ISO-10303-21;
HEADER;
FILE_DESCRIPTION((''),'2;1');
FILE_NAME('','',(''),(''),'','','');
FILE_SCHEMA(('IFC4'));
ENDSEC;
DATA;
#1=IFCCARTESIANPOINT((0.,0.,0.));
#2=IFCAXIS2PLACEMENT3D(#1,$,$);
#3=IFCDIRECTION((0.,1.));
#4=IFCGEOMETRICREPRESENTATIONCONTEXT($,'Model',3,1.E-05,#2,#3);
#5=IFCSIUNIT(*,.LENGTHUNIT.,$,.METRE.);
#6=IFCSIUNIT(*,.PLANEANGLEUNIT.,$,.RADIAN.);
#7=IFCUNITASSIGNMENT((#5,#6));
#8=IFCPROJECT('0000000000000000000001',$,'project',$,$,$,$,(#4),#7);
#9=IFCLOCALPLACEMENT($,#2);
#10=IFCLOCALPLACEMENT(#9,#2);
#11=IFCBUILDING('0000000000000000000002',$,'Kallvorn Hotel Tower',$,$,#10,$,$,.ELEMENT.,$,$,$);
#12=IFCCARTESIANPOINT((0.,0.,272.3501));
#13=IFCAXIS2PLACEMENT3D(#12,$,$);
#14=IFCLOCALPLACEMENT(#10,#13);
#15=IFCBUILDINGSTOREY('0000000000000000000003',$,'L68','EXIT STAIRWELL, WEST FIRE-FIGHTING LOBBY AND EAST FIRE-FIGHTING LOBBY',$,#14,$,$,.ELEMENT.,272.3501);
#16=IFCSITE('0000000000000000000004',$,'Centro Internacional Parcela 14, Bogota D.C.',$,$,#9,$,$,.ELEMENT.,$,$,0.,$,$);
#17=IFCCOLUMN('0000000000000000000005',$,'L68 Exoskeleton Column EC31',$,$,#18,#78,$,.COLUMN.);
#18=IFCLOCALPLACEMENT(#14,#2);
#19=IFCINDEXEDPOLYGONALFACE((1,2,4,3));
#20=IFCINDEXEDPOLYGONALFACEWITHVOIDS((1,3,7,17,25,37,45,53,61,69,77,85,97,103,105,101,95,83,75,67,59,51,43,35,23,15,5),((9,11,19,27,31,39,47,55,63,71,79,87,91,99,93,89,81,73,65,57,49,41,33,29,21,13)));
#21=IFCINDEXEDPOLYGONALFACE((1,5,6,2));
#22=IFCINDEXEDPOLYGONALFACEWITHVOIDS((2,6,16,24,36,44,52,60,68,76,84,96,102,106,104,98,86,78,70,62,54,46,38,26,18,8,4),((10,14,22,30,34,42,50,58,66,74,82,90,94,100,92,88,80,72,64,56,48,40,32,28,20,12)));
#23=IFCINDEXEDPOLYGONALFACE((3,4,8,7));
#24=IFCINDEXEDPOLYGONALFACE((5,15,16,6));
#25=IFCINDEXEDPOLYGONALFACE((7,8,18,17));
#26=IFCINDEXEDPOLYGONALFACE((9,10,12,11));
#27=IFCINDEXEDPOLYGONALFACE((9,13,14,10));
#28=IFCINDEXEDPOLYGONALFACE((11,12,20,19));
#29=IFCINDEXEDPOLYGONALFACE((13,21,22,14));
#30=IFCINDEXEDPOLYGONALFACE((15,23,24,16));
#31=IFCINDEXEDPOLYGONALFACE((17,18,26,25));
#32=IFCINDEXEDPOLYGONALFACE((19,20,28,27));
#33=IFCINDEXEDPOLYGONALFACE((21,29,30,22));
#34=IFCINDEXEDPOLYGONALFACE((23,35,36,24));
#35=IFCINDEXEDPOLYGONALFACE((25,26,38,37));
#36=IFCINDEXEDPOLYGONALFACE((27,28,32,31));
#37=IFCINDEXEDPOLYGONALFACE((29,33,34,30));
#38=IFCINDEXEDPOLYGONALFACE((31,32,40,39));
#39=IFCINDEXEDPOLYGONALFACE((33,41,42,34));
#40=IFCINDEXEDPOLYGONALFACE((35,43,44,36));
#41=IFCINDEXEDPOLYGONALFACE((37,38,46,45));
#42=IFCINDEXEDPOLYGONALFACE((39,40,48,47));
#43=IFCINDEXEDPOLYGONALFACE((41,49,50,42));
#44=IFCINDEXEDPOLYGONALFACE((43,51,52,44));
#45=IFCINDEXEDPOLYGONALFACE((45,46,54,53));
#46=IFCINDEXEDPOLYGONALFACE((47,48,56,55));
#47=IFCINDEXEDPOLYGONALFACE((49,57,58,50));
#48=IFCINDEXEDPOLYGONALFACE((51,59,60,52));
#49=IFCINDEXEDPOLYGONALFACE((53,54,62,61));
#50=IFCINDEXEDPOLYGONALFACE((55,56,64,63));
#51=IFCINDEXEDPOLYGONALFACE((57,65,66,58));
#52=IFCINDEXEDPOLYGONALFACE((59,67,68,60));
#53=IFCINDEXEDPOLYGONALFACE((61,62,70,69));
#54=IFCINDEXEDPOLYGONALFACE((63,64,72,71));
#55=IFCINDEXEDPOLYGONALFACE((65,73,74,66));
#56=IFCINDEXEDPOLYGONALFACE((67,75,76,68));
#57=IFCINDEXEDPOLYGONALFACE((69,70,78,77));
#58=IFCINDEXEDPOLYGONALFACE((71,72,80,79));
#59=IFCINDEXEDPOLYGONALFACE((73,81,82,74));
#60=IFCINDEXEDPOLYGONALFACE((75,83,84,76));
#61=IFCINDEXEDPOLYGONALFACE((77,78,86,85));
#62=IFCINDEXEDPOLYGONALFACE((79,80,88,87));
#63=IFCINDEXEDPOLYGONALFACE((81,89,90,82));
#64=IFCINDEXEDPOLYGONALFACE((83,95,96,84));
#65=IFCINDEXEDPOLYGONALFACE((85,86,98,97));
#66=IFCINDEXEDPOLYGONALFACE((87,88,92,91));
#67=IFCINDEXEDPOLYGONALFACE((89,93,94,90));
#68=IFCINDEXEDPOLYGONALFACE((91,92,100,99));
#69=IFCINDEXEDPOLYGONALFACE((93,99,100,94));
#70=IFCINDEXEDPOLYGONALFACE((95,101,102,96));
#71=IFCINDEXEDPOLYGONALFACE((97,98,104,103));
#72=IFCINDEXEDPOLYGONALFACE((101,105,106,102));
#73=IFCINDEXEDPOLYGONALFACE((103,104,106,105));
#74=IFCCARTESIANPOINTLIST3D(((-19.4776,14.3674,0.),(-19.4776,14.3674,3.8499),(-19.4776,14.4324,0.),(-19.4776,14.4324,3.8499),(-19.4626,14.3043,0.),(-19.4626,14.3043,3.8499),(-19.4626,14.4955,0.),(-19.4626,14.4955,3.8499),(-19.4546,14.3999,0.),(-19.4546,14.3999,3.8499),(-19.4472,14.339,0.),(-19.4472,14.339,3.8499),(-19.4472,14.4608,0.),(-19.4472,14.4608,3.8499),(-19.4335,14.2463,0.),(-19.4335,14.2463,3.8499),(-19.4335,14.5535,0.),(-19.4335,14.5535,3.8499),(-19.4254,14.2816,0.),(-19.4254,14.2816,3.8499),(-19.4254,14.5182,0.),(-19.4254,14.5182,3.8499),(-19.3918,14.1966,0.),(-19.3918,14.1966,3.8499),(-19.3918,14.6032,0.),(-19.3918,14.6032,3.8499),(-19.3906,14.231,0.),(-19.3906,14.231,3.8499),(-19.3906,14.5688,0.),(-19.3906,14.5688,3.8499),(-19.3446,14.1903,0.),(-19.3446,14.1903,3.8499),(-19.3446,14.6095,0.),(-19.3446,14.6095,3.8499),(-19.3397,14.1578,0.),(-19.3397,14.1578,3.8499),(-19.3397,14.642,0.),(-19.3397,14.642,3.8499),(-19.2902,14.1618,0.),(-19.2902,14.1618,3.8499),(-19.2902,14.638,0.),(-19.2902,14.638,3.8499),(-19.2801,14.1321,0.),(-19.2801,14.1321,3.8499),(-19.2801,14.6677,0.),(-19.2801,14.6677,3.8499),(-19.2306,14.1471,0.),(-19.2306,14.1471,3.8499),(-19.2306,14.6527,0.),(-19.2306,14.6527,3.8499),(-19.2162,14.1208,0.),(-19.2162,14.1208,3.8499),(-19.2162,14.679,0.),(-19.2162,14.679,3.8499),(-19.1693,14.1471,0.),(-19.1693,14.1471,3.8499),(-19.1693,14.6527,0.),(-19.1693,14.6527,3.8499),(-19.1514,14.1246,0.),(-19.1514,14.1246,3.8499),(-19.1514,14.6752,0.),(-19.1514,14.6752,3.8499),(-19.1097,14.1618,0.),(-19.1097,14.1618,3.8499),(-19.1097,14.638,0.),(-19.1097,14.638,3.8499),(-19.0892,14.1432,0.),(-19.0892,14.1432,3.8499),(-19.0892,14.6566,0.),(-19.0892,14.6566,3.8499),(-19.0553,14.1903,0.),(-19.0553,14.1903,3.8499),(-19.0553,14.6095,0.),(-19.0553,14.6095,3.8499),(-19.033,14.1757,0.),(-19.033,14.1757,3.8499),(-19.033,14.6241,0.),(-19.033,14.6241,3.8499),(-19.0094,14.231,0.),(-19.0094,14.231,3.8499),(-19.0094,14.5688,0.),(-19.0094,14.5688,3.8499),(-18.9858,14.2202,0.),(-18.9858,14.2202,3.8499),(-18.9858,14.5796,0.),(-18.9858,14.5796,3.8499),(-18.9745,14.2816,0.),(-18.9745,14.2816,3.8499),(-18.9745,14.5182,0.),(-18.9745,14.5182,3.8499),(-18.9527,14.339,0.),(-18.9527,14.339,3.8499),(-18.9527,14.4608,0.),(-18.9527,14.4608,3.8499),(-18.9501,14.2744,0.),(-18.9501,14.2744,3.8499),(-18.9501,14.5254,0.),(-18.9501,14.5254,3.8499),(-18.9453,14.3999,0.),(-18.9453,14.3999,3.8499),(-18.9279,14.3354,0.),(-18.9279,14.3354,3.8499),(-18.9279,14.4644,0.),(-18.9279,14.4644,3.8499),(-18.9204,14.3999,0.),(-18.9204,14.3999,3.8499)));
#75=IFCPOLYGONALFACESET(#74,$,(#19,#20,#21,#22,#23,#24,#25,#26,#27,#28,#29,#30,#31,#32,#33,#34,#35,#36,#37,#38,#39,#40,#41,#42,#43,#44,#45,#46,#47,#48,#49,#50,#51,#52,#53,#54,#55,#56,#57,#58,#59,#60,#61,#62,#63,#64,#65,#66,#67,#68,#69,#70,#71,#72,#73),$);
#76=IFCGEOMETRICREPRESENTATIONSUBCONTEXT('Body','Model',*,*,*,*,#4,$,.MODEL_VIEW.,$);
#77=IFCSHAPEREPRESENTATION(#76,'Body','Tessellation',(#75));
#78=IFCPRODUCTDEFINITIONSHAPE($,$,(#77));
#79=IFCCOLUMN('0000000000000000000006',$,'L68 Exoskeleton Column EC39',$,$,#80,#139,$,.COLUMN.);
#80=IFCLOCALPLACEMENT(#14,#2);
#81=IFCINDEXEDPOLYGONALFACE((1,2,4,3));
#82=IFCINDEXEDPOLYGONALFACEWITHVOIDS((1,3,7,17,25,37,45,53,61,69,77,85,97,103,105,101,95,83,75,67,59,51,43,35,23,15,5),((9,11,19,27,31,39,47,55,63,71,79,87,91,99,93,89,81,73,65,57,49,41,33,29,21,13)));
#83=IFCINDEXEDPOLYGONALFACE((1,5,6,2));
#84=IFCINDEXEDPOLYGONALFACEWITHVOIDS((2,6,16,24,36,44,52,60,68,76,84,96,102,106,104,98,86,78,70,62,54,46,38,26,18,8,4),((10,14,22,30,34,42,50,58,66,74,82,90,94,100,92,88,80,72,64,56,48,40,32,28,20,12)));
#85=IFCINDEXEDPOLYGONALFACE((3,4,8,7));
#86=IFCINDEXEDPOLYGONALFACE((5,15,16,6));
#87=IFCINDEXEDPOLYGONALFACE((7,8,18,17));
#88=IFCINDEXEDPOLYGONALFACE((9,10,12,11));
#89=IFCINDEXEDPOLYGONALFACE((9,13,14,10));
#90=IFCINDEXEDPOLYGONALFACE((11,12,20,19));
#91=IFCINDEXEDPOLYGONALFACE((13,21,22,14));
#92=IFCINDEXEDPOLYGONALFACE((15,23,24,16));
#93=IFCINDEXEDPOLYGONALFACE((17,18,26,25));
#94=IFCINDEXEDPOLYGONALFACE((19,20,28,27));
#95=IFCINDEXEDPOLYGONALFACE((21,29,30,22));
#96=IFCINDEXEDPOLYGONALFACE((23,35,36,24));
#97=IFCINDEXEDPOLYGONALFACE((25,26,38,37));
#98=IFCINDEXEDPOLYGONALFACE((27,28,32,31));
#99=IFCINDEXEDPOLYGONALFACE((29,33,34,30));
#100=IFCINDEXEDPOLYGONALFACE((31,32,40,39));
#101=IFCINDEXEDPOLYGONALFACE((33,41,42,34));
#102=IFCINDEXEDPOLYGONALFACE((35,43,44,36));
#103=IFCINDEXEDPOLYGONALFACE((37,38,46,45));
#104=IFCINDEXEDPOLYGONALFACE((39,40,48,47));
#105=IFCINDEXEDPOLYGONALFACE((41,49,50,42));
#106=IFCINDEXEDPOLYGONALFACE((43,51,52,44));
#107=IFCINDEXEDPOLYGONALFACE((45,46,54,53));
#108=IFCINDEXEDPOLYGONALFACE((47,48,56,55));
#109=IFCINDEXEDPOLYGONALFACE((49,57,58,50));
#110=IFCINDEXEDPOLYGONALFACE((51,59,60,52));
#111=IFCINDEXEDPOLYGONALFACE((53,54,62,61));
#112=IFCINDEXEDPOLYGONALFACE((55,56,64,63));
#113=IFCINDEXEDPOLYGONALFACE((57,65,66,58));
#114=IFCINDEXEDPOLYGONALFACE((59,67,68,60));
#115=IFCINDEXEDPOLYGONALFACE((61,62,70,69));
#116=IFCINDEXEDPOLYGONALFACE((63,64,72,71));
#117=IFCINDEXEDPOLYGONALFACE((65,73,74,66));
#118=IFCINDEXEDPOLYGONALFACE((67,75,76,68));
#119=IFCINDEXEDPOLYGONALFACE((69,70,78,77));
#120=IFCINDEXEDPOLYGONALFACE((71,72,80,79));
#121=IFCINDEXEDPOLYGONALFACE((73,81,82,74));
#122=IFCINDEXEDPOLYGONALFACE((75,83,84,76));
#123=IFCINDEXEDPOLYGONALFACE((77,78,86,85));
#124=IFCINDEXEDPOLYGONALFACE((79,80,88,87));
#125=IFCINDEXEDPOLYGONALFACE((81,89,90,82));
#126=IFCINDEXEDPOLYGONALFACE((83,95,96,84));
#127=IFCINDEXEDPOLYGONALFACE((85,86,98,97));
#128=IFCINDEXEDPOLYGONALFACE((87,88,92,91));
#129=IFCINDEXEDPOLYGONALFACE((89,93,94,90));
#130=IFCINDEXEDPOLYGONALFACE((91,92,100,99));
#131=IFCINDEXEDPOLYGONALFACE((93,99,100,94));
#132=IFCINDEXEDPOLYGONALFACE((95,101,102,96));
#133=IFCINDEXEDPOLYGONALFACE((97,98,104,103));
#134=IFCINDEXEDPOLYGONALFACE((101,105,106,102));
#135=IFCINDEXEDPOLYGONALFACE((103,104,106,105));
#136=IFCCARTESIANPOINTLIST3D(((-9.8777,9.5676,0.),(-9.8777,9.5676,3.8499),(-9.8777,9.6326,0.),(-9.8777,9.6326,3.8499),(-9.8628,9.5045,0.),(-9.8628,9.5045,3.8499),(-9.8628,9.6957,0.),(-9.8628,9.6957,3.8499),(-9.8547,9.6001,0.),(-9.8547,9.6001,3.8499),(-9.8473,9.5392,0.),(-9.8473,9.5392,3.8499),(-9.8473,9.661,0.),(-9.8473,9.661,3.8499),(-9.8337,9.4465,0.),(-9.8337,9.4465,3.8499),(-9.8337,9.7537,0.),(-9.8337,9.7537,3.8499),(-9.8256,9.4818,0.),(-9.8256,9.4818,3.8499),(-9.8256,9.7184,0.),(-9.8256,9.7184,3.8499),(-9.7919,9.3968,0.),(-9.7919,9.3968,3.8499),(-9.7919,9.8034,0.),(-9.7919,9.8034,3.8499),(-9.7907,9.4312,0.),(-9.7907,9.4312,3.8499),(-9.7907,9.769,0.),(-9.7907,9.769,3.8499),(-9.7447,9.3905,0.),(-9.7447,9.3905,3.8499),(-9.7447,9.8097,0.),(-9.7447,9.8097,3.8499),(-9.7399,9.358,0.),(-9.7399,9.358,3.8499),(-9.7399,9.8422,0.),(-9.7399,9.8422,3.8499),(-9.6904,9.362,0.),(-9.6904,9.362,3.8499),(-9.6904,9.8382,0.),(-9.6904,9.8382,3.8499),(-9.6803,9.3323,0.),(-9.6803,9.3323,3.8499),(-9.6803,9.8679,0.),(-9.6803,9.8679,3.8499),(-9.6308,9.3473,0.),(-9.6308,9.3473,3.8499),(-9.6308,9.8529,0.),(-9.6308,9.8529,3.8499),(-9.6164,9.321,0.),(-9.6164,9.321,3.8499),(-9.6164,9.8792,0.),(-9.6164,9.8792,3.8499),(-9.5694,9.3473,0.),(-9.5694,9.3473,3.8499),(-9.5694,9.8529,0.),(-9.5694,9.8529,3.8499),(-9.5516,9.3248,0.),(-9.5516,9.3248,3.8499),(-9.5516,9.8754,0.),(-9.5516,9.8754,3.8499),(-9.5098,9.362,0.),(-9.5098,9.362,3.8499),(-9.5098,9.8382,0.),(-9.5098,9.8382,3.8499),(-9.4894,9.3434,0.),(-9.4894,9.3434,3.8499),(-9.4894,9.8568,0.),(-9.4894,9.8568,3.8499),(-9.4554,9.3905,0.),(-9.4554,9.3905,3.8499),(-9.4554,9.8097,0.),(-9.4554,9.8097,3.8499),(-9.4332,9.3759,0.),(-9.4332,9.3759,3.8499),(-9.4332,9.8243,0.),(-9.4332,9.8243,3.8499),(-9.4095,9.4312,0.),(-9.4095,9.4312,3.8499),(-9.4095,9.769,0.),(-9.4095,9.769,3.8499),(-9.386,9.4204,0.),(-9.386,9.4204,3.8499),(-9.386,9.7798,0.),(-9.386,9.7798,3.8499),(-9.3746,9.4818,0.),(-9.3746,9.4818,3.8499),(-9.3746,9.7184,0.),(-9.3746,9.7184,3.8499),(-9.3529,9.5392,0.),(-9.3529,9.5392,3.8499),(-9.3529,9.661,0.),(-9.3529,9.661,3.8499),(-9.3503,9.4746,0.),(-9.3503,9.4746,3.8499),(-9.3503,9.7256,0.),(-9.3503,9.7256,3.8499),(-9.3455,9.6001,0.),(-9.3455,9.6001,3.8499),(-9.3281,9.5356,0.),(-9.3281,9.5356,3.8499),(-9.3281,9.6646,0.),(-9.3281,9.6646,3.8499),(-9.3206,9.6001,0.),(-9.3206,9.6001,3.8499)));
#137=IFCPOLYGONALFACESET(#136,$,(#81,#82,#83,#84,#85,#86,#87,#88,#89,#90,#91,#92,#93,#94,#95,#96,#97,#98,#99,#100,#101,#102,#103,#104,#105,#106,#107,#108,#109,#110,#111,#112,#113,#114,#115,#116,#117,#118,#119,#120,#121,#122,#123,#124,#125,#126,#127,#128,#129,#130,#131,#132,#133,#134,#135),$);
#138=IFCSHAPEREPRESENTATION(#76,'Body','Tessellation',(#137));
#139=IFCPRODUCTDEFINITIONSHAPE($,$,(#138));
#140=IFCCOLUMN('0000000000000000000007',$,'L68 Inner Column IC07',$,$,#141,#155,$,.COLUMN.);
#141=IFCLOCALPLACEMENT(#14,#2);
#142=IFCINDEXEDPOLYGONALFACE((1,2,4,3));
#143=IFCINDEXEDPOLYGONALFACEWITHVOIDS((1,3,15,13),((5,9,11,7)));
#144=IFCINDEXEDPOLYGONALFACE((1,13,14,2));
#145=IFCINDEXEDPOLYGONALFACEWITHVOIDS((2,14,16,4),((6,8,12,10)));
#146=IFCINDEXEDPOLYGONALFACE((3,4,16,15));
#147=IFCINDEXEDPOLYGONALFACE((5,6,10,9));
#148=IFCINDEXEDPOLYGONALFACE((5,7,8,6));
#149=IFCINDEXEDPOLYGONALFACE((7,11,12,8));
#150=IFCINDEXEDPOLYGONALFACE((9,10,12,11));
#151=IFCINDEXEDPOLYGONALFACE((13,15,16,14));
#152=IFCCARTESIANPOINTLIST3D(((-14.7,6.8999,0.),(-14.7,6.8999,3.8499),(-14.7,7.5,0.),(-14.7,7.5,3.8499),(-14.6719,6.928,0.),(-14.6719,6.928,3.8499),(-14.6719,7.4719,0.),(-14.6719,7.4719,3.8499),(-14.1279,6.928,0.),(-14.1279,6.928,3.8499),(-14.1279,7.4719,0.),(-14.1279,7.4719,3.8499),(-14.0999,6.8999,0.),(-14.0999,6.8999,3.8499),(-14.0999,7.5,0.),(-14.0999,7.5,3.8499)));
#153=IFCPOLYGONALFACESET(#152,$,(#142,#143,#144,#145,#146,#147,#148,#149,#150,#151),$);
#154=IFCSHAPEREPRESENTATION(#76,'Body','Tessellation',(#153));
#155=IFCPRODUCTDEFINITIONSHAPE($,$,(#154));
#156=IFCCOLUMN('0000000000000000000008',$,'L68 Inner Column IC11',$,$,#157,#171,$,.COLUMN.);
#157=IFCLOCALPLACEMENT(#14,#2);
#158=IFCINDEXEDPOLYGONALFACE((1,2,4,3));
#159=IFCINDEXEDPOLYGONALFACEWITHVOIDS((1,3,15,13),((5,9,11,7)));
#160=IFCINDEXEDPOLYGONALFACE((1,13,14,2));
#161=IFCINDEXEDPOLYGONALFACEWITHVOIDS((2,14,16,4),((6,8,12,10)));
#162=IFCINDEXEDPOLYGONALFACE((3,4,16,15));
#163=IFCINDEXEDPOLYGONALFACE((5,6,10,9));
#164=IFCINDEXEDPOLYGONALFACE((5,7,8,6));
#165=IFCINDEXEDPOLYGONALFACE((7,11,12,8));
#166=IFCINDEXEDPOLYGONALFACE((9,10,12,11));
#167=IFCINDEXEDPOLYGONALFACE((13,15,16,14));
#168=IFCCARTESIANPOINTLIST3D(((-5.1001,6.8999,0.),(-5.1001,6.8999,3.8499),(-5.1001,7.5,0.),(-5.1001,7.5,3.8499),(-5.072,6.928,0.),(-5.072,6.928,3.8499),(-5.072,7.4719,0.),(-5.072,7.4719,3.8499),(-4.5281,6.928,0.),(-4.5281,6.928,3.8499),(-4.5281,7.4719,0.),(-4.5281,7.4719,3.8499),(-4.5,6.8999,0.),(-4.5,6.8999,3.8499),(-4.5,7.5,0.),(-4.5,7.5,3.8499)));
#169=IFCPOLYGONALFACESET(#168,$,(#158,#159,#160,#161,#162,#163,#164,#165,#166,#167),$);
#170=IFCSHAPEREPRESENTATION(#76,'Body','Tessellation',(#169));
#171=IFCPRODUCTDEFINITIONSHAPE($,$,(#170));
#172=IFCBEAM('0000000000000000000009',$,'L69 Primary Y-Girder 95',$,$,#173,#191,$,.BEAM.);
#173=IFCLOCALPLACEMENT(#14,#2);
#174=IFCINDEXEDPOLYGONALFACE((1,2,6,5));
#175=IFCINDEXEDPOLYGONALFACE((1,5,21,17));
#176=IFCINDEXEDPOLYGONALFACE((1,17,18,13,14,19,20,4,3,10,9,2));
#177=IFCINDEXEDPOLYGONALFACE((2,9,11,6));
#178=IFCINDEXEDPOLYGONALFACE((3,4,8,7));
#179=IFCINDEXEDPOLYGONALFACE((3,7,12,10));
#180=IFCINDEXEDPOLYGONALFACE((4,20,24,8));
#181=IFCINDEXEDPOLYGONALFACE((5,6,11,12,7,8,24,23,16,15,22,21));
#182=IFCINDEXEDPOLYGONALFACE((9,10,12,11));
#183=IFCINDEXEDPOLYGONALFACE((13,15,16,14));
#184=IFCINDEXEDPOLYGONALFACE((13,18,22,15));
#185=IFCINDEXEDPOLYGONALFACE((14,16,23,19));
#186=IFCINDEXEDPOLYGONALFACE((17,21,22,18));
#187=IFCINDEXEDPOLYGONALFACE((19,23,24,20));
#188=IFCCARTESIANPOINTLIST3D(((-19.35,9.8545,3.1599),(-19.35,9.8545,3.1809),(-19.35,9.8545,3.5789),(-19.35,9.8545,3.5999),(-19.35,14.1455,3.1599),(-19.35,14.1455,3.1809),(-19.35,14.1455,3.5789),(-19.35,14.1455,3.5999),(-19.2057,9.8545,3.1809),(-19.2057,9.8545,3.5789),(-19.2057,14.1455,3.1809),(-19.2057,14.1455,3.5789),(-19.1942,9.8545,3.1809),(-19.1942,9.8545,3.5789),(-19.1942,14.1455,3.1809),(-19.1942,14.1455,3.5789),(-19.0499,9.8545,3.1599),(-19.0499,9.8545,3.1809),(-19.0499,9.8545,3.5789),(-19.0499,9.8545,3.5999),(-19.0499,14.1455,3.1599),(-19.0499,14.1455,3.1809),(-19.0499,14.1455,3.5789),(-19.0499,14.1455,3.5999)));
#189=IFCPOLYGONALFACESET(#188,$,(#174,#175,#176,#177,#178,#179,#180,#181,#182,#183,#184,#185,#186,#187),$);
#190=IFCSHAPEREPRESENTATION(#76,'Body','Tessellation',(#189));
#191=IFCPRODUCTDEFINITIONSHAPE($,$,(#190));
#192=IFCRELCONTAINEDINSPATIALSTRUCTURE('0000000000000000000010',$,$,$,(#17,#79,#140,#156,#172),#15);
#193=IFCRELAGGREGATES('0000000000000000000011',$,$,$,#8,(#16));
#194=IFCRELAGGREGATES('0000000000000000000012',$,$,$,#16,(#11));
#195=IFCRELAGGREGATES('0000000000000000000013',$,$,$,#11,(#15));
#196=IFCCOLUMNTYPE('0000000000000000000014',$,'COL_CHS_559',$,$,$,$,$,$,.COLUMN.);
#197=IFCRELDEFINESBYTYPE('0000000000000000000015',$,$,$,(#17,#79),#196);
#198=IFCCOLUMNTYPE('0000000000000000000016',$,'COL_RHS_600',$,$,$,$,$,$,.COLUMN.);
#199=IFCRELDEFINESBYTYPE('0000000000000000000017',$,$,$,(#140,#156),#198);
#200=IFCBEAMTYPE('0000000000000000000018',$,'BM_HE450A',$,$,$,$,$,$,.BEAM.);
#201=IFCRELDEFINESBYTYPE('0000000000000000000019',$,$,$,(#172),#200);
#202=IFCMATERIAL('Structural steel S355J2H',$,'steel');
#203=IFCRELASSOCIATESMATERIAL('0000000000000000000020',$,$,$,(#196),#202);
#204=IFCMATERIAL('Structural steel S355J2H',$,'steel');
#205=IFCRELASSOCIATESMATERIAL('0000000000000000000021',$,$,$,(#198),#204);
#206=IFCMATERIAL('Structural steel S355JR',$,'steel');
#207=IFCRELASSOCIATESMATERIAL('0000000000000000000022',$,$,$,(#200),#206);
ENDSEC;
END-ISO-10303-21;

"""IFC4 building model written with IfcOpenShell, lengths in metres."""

from ifc_helpers import new_model, si_unit, direction, frame, origin, origin_2d, place, context, subcontext, project, spatial, hollow_rectangle, hollow_circle, i_section, extrude, material, material_profile, profile_set, type_object, element, save


model = new_model("IFC4")

# Units and contexts
model_context = context("Model", 3, precision=1e-05, world=origin(), true_north=direction((0.0, 1.0)))
body_context = subcontext(model_context, "Body", "Model", "MODEL_VIEW")
ifc_project = project(units=[si_unit("LENGTHUNIT", "METRE"), si_unit("PLANEANGLEUNIT", "RADIAN")], contexts=[model_context])

# Site, building, storey
site_placement = place(None, origin())
site = spatial("IfcSite", under=ifc_project, at=site_placement, Name="Centro Internacional Parcela 14, Bogota D.C.", CompositionType="ELEMENT", RefElevation=0.0)
building_placement = place(site_placement, origin())
building = spatial("IfcBuilding", under=site, at=building_placement, Name="Kallvorn Hotel Tower", CompositionType="ELEMENT")
storey_placement = place(building_placement, frame((0.0, 0.0, 272.3501)))
storey = spatial("IfcBuildingStorey", under=building, at=storey_placement, Name="L68", Description="EXIT STAIRWELL, WEST FIRE-FIGHTING LOBBY AND EAST FIRE-FIGHTING LOBBY", CompositionType="ELEMENT", Elevation=272.3501)

# Columns
ifc_material_1 = material(Name="Structural steel S355J2H", Category="steel")
ifc_material_profile_1 = material_profile(ifc_material_1, hollow_circle(Radius=0.2795, WallThickness=0.0249, at=origin_2d()), Name="CHS 559x25")
ifc_profile_set_1 = profile_set([ifc_material_profile_1], Name="Structural steel S355J2H")
column_type_1 = type_object("IfcColumnType", Name="COL_CHS_559", PredefinedType="COLUMN", material=ifc_profile_set_1)
for number, where, z_axis, x_axis, name in (
    (1, (-19.2, 14.3999, 0.0), (0.0, 0.0, 1.0), (1.0, 0.0, 0.0), "L68 Exoskeleton Column EC31"),
    (2, (-9.6001, 9.6001, 0.0), (0.0, 0.0, 1.0), (1.0, 0.0, 0.0), "L68 Exoskeleton Column EC39"),
):
    element("IfcColumn", number, at=place(storey_placement, frame(where, z_axis=z_axis, x_axis=x_axis)), inside=storey, type_object=column_type_1, Name=name, PredefinedType="COLUMN", context=body_context, shape_type="SweptSolid", body=[
        extrude(hollow_circle(Radius=0.2795, WallThickness=0.0249, at=origin_2d()), origin(), (0.0, 0.0, 1.0), 3.8499),
    ])
ifc_material_2 = material(Name="Structural steel S355J2H", Category="steel")
ifc_material_profile_2 = material_profile(ifc_material_2, hollow_rectangle(XDim=0.6001, YDim=0.6001, WallThickness=0.0281, at=origin_2d()), Name="RHS 600x600x28")
ifc_profile_set_2 = profile_set([ifc_material_profile_2], Name="Structural steel S355J2H")
column_type_2 = type_object("IfcColumnType", Name="COL_RHS_600", PredefinedType="COLUMN", material=ifc_profile_set_2)
for number, where, z_axis, x_axis, name in (
    (3, (-14.3999, 7.2, 0.0), (0.0, 0.0, 1.0), (1.0, 0.0, 0.0), "L68 Inner Column IC07"),
    (4, (-4.8, 7.2, 0.0), (0.0, 0.0, 1.0), (1.0, 0.0, 0.0), "L68 Inner Column IC11"),
):
    element("IfcColumn", number, at=place(storey_placement, frame(where, z_axis=z_axis, x_axis=x_axis)), inside=storey, type_object=column_type_2, Name=name, PredefinedType="COLUMN", context=body_context, shape_type="SweptSolid", body=[
        extrude(hollow_rectangle(XDim=0.6001, YDim=0.6001, WallThickness=0.0281, at=origin_2d()), origin(), (0.0, 0.0, 1.0), 3.8499),
    ])

# Beam
ifc_material_3 = material(Name="Structural steel S355JR", Category="steel")
ifc_material_profile_3 = material_profile(ifc_material_3, i_section(OverallWidth=0.3, OverallDepth=0.4399, WebThickness=0.0115, FlangeThickness=0.021, at=origin_2d()), Name="HE 450 A")
ifc_profile_set_3 = profile_set([ifc_material_profile_3], Name="Structural steel S355JR")
beam_type_1 = type_object("IfcBeamType", Name="BM_HE450A", PredefinedType="BEAM", material=ifc_profile_set_3)
beam_1_placement = place(storey_placement, frame((-19.2, 9.8545, 3.3799), z_axis=(0.0, 1.0, 0.0), x_axis=(-1.0, 0.0, 0.0)))
element("IfcBeam", 5, at=beam_1_placement, inside=storey, type_object=beam_type_1, Name="L69 Primary Y-Girder 95", PredefinedType="BEAM", context=body_context, shape_type="SweptSolid", body=[
    extrude(i_section(OverallWidth=0.3, OverallDepth=0.4399, WebThickness=0.0115, FlangeThickness=0.021, at=origin_2d()), origin(), (0.0, 0.0, 1.0), 4.291),
])

save(model, "model.ifc")
